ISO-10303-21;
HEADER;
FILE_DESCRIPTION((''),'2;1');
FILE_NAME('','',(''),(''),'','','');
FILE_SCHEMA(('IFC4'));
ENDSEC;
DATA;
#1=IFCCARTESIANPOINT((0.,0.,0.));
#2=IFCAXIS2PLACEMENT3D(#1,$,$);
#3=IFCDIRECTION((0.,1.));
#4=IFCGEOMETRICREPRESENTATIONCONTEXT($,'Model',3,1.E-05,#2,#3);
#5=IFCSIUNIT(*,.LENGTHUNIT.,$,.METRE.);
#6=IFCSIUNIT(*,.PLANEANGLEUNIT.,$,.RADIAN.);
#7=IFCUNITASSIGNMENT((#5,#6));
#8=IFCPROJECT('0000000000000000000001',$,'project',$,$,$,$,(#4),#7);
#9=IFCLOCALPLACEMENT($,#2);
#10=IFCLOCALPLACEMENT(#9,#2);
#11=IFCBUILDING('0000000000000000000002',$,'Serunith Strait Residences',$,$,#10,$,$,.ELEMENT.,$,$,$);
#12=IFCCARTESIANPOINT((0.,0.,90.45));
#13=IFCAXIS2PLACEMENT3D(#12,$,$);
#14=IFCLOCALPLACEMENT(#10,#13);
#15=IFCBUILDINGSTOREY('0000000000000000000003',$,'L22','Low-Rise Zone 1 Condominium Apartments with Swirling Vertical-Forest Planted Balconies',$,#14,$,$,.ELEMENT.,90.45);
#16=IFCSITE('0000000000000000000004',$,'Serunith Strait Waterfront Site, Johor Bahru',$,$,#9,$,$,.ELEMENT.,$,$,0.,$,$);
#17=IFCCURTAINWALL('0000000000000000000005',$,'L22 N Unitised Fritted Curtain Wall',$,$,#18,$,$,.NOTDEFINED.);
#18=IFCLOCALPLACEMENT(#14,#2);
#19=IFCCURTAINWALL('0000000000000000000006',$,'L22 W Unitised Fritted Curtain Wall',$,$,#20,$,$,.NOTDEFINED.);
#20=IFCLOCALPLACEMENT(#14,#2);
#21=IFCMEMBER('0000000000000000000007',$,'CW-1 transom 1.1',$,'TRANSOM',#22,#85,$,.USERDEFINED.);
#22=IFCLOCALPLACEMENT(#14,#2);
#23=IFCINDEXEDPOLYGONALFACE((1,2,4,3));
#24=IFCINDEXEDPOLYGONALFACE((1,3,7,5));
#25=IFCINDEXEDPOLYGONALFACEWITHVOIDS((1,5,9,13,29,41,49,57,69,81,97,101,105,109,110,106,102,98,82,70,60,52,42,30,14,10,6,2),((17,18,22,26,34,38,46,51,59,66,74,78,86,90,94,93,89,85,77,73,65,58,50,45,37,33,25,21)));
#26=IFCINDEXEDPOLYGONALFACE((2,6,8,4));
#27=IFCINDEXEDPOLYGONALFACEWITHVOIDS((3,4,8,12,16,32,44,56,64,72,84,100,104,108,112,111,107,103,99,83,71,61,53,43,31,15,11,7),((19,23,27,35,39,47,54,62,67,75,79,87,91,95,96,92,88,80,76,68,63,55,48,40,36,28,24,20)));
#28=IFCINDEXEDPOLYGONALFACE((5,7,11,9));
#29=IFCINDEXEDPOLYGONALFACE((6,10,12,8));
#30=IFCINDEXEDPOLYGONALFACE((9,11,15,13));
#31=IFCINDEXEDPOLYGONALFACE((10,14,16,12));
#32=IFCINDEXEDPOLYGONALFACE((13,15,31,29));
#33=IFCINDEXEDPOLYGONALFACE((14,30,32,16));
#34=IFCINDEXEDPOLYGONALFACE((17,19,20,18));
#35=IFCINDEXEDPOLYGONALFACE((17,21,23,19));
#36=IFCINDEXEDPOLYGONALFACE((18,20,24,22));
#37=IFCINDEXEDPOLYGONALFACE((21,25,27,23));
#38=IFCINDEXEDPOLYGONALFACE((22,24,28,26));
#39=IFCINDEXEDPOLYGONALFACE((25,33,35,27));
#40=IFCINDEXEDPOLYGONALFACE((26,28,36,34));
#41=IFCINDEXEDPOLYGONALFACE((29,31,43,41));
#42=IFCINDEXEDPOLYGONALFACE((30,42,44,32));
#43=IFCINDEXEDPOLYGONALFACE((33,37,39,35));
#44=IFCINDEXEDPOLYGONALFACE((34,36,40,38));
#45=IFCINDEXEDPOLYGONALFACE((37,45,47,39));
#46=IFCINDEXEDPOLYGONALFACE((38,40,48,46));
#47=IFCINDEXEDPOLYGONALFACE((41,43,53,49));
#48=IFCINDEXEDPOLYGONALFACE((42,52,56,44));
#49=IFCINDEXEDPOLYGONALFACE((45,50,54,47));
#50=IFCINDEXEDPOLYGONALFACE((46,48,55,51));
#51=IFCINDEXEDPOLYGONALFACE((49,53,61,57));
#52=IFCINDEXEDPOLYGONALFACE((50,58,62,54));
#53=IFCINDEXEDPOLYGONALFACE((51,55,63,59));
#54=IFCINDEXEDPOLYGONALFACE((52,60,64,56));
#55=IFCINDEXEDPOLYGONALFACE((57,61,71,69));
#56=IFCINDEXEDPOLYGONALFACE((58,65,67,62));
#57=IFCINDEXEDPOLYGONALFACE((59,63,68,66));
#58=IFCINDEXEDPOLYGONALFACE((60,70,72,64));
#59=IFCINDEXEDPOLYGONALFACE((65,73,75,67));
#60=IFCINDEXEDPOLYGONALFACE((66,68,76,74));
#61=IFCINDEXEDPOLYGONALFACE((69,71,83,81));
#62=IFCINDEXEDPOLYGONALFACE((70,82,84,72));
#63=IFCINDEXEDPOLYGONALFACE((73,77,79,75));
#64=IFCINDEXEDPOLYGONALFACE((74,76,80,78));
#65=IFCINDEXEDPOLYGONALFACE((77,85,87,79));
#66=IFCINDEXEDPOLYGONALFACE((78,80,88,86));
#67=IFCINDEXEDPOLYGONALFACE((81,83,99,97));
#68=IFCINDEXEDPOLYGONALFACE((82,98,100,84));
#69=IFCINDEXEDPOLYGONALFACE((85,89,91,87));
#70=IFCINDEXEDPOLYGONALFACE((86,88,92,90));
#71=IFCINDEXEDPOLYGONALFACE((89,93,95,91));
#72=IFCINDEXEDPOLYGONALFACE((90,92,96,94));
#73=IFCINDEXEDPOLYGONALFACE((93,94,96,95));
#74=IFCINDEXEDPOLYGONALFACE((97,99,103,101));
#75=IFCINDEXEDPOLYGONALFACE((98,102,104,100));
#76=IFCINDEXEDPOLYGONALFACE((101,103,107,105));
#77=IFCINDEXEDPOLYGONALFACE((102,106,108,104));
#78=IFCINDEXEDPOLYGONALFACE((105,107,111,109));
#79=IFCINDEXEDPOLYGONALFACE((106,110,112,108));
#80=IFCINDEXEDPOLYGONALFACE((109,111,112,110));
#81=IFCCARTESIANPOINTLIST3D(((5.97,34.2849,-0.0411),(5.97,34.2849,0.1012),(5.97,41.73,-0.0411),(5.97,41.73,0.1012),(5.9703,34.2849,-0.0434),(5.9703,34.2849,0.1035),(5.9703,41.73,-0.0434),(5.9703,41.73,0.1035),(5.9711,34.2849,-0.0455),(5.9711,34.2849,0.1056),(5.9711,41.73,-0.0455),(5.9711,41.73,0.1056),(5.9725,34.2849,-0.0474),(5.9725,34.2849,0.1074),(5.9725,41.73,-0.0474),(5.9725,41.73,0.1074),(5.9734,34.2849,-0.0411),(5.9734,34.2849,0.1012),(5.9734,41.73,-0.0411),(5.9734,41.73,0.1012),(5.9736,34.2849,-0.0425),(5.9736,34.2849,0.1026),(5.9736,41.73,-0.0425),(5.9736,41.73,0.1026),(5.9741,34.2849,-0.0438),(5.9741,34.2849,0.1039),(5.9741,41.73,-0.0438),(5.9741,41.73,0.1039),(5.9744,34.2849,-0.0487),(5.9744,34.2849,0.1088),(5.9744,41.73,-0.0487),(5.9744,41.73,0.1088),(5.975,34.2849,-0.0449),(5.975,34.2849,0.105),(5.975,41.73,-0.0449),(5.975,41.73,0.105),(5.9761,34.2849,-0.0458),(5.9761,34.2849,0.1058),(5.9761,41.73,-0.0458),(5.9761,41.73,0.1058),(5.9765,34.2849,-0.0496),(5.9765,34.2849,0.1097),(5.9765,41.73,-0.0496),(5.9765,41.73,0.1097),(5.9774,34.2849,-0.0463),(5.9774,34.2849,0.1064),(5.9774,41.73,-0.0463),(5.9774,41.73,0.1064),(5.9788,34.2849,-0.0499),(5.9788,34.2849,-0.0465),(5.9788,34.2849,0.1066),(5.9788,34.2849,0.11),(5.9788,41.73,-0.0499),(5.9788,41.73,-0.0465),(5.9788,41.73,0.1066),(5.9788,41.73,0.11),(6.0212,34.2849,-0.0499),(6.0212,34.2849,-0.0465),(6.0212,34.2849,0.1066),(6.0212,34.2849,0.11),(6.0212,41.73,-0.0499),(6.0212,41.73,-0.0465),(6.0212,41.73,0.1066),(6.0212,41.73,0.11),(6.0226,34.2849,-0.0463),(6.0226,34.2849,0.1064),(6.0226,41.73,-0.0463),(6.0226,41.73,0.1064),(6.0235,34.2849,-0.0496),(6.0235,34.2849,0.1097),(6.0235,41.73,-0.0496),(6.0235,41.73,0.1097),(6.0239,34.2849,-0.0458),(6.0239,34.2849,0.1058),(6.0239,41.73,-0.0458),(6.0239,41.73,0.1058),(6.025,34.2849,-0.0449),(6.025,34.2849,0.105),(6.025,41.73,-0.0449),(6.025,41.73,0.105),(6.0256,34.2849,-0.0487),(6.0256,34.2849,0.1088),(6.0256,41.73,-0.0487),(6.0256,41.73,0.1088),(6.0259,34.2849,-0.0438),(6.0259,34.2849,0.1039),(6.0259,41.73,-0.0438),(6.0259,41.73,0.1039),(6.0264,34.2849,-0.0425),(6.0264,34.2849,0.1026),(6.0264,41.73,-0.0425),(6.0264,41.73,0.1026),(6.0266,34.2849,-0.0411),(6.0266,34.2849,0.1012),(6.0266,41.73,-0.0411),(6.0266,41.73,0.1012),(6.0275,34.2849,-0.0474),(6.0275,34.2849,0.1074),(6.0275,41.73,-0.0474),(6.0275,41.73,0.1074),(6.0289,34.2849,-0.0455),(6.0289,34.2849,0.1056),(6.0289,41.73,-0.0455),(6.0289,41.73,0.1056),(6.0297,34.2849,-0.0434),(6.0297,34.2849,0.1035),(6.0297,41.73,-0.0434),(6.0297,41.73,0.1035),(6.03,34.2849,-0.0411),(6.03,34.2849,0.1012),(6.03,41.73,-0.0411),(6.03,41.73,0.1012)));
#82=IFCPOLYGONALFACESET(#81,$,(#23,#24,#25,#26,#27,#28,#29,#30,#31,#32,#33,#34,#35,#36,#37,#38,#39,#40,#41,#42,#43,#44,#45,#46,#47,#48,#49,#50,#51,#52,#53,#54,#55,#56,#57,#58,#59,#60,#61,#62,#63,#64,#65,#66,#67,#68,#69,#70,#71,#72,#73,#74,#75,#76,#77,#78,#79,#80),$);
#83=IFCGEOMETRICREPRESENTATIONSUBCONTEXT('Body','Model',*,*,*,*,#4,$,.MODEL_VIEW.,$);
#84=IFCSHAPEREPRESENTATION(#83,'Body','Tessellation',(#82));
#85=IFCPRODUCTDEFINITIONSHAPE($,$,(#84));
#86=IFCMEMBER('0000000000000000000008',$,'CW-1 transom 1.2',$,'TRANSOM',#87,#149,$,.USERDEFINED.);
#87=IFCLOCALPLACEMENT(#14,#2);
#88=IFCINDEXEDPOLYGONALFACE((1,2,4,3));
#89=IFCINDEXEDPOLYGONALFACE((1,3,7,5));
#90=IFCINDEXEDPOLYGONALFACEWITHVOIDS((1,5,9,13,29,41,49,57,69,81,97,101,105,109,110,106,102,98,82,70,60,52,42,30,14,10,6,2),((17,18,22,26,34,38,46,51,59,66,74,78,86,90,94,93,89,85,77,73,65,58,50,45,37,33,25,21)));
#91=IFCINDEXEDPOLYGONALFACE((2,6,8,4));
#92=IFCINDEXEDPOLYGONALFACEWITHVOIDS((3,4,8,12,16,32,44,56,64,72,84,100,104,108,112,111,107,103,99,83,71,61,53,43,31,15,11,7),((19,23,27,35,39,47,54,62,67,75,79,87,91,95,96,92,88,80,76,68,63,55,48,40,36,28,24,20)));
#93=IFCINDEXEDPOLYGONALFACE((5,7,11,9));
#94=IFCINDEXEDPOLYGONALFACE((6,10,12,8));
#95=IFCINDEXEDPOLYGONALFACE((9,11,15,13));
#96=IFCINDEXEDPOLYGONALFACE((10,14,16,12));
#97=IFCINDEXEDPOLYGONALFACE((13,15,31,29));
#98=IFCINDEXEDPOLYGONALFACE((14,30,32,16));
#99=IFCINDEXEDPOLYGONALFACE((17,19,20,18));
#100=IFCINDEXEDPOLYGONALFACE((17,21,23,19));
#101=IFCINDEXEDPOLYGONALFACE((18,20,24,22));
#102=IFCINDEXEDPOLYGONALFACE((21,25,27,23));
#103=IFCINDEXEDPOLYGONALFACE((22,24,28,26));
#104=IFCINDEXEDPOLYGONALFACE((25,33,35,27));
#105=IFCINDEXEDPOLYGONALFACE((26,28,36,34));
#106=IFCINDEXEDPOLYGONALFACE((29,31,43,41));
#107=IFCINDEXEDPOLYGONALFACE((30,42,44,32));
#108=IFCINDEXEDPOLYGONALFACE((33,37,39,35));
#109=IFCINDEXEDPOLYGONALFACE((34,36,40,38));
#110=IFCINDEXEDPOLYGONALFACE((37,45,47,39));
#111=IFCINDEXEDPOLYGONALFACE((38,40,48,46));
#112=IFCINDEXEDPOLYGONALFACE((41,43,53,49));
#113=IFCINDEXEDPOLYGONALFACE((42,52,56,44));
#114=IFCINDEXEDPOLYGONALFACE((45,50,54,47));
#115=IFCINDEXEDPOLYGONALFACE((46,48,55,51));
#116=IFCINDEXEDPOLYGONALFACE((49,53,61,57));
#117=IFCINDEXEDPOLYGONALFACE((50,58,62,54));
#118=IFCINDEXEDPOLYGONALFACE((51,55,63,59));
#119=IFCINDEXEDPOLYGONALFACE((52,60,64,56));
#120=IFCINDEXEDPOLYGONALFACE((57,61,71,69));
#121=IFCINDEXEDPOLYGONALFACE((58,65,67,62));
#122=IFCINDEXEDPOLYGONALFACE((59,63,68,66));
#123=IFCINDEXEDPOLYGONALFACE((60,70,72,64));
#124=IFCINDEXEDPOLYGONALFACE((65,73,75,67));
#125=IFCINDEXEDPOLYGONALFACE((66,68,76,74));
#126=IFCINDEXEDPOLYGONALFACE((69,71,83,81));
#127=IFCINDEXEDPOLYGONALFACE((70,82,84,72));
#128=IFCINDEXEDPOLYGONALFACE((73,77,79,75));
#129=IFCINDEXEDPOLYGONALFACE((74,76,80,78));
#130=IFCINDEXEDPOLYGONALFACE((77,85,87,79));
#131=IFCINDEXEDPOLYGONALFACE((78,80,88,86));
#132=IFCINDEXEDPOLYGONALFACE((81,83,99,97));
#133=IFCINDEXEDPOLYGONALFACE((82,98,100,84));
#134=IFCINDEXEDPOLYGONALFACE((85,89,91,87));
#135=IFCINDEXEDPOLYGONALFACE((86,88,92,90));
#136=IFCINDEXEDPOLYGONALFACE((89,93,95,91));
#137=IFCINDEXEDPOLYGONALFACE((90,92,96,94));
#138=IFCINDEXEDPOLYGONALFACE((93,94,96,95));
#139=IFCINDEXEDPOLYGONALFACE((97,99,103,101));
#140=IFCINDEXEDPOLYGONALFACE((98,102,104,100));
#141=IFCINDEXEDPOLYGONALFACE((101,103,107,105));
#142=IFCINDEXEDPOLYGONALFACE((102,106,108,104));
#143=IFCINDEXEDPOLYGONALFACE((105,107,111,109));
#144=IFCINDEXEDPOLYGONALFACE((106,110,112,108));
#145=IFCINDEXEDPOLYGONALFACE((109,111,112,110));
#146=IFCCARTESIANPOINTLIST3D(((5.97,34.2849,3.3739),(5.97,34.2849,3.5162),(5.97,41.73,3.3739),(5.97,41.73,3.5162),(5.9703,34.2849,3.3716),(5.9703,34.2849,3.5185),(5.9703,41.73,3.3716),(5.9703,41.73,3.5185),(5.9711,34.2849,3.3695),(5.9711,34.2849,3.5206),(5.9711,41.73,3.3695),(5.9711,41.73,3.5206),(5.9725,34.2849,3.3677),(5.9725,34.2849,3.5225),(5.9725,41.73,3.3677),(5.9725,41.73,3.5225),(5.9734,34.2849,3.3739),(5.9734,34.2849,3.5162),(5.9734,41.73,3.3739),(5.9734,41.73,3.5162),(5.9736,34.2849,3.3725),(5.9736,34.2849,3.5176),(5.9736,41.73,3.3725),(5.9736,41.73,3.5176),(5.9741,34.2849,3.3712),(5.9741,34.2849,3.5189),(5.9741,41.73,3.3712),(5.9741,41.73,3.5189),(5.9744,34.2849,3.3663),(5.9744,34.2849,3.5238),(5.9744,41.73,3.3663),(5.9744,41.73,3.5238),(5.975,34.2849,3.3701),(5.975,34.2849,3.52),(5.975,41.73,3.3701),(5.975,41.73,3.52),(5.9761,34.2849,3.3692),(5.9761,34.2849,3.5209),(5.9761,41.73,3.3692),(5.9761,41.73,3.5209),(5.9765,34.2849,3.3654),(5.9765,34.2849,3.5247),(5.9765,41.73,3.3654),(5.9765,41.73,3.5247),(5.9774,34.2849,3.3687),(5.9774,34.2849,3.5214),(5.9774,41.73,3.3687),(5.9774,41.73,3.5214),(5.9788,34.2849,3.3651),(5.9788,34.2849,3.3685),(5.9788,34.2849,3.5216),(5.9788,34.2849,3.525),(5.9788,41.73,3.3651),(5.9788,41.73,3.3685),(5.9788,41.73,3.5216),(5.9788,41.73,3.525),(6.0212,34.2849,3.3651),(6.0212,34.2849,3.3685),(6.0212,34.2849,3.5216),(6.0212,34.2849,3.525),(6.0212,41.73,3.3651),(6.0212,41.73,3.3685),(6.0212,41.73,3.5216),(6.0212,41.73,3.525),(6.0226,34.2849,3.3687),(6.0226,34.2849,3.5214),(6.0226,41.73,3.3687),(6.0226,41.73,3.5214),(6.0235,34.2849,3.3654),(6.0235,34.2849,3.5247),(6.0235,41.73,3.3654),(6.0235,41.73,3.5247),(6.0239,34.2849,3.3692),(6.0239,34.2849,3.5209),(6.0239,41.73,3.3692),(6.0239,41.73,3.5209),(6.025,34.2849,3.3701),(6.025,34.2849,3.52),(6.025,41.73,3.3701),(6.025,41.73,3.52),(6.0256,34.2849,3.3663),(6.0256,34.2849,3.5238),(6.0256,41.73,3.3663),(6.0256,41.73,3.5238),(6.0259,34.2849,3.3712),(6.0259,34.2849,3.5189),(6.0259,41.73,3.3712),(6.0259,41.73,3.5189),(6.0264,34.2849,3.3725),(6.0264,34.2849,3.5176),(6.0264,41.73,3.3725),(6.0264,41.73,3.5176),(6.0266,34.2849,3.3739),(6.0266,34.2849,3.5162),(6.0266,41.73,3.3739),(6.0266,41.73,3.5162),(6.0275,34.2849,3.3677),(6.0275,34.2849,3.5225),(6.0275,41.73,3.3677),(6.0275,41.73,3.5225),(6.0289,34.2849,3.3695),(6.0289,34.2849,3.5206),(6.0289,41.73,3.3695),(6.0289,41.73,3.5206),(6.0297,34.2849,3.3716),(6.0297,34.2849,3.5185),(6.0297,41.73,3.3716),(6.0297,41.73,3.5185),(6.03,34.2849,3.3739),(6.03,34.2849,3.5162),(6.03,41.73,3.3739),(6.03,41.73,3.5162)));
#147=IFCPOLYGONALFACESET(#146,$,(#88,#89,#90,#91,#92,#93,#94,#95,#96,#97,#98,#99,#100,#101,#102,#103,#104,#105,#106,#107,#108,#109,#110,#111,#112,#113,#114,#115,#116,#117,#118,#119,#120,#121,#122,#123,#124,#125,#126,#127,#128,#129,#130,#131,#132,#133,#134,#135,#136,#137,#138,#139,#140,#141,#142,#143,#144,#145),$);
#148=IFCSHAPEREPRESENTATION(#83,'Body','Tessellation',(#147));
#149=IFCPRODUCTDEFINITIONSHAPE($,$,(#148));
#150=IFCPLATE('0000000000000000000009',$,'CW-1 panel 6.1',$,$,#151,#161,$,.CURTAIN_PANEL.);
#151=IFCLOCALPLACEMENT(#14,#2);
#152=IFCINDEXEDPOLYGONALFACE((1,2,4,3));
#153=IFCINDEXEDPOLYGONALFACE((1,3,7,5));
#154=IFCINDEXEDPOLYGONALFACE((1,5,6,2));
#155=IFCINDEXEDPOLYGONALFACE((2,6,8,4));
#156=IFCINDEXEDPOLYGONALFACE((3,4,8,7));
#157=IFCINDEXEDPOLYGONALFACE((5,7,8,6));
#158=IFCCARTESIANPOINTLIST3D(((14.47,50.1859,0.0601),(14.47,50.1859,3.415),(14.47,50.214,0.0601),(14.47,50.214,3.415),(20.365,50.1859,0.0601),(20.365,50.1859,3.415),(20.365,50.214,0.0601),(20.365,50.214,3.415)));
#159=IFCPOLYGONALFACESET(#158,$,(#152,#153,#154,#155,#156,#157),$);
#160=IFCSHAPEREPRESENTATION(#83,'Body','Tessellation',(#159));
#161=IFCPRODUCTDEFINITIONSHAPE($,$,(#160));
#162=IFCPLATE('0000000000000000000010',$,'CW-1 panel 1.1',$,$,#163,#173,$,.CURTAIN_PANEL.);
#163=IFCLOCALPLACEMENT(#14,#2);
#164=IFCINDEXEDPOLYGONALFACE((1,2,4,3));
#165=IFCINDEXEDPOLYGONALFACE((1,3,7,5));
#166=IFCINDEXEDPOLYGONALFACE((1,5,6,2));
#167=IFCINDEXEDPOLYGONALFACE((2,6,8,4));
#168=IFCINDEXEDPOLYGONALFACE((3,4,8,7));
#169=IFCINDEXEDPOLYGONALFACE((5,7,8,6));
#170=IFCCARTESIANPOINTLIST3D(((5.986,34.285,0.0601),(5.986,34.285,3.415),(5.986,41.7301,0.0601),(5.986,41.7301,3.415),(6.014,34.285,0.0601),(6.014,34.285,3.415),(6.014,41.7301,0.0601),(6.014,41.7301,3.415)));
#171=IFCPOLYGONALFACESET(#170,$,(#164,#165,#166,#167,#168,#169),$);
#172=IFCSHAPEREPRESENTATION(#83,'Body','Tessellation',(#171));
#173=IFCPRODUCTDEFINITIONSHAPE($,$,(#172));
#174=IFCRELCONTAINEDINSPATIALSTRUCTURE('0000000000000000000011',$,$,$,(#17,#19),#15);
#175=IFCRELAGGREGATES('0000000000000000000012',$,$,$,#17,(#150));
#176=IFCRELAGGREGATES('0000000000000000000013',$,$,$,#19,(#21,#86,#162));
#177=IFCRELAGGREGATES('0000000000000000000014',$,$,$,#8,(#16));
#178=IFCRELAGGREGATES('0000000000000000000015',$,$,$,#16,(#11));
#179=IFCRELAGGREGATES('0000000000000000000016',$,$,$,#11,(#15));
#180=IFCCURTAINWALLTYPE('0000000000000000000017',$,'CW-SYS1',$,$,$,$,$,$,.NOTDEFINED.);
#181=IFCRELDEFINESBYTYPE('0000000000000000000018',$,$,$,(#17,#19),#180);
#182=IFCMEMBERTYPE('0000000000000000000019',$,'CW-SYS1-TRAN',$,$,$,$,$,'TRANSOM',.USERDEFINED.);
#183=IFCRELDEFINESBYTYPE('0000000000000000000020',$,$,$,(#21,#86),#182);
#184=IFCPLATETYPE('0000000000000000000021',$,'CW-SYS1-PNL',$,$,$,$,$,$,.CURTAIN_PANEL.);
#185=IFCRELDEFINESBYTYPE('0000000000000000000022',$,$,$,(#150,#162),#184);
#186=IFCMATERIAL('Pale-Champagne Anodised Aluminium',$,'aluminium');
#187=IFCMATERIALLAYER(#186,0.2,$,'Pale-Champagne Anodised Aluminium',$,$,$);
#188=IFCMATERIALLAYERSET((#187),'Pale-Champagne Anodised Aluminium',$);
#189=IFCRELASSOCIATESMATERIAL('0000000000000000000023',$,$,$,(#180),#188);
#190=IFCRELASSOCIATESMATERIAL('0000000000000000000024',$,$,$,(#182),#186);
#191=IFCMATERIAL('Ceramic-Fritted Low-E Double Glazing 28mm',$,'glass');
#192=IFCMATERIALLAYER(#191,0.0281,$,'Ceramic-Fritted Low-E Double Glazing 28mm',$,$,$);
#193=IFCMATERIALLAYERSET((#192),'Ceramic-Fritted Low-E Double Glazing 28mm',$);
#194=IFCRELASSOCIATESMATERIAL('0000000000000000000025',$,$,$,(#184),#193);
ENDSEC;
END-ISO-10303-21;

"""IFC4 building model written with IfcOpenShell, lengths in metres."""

from ifc_helpers import new_model, si_unit, direction, frame, origin, origin_2d, place, context, subcontext, project, spatial, rectangle, hollow_rectangle, extrude, source, transform, mapped, material, layer, layer_set, material_profile, profile_set, type_object, element, aggregate, save


model = new_model("IFC4")

# Units and contexts
model_context = context("Model", 3, precision=1e-05, world=origin(), true_north=direction((0.0, 1.0)))
body_context = subcontext(model_context, "Body", "Model", "MODEL_VIEW")
ifc_project = project(units=[si_unit("LENGTHUNIT", "METRE"), si_unit("PLANEANGLEUNIT", "RADIAN")], contexts=[model_context])

# Site, building, storey
site_placement = place(None, origin())
site = spatial("IfcSite", under=ifc_project, at=site_placement, Name="Serunith Strait Waterfront Site, Johor Bahru", CompositionType="ELEMENT", RefElevation=0.0)
building_placement = place(site_placement, origin())
building = spatial("IfcBuilding", under=site, at=building_placement, Name="Serunith Strait Residences", CompositionType="ELEMENT")
storey_placement = place(building_placement, frame((0.0, 0.0, 90.45)))
storey = spatial("IfcBuildingStorey", under=building, at=storey_placement, Name="L22", Description="Low-Rise Zone 1 Condominium Apartments with Swirling Vertical-Forest Planted Balconies", CompositionType="ELEMENT", Elevation=90.45)

# Curtain wall
ifc_material_1 = material(Name="Pale-Champagne Anodised Aluminium", Category="aluminium")
ifc_layer_1 = layer(ifc_material_1, 0.2, Name="Pale-Champagne Anodised Aluminium")
ifc_layer_set_1 = layer_set([ifc_layer_1], Name="Pale-Champagne Anodised Aluminium")
curtain_wall_type = type_object("IfcCurtainWallType", Name="CW-SYS1", PredefinedType="NOTDEFINED", material=ifc_layer_set_1)
curtain_wall_1_placement = place(storey_placement, origin())
curtain_wall_1 = element("IfcCurtainWall", 1, at=curtain_wall_1_placement, inside=storey, type_object=curtain_wall_type, Name="L22 N Unitised Fritted Curtain Wall", PredefinedType="NOTDEFINED")

# Curtain wall, members
curtain_wall_2_placement = place(storey_placement, origin())
curtain_wall_2 = element("IfcCurtainWall", 2, at=curtain_wall_2_placement, inside=storey, type_object=curtain_wall_type, Name="L22 W Unitised Fritted Curtain Wall", PredefinedType="NOTDEFINED")
ifc_material_profile_1 = material_profile(ifc_material_1, hollow_rectangle(XDim=0.0601, YDim=0.1599, WallThickness=0.0034, InnerFilletRadius=0.0054, OuterFilletRadius=0.0088, at=origin_2d()), Name="ALU 160x60x3.5")
ifc_profile_set_1 = profile_set([ifc_material_profile_1], Name="Pale-Champagne Anodised Aluminium")
member_type_1 = type_object("IfcMemberType", Name="CW-SYS1-TRAN", ElementType="TRANSOM", PredefinedType="USERDEFINED", material=ifc_profile_set_1)
shared_shape_1 = source(origin(), body_context, "Body", "SweptSolid", [
    extrude(hollow_rectangle(XDim=0.0601, YDim=0.1599, WallThickness=0.0034, InnerFilletRadius=0.0054, OuterFilletRadius=0.0088, at=origin_2d()), origin(), (0.0, 0.0, 1.0), 7.4451),
])
member_1_placement = place(storey_placement, frame((6.0, 41.73, 0.03), z_axis=(0.0, -1.0, 0.0), x_axis=(1.0, 0.0, 0.0)))
member_1 = element("IfcMember", 3, at=member_1_placement, type_object=member_type_1, Name="CW-1 transom 1.1", ObjectType="TRANSOM", PredefinedType="USERDEFINED", context=body_context, shape_type="MappedRepresentation", body=[
    mapped(shared_shape_1, transform((0.0, 0.0, 0.0), scale=1.0)),
])
member_2_placement = place(storey_placement, frame((6.0, 41.73, 3.4451), z_axis=(0.0, -1.0, 0.0), x_axis=(1.0, 0.0, 0.0)))
member_2 = element("IfcMember", 4, at=member_2_placement, type_object=member_type_1, Name="CW-1 transom 1.2", ObjectType="TRANSOM", PredefinedType="USERDEFINED", context=body_context, shape_type="MappedRepresentation", body=[
    mapped(shared_shape_1, transform((0.0, 0.0, 0.0), scale=1.0)),
])

# Plates
ifc_material_2 = material(Name="Ceramic-Fritted Low-E Double Glazing 28mm", Category="glass")
ifc_layer_2 = layer(ifc_material_2, 0.0281, Name="Ceramic-Fritted Low-E Double Glazing 28mm")
ifc_layer_set_2 = layer_set([ifc_layer_2], Name="Ceramic-Fritted Low-E Double Glazing 28mm")
plate_type = type_object("IfcPlateType", Name="CW-SYS1-PNL", PredefinedType="CURTAIN_PANEL", material=ifc_layer_set_2)
shared_shape_2 = source(origin(), body_context, "Body", "SweptSolid", [
    extrude(rectangle(XDim=5.895, YDim=0.0281, at=origin_2d()), origin(), (0.0, 0.0, 1.0), 3.355),
])
plate_1_placement = place(storey_placement, frame((17.4175, 50.2, 0.0601), z_axis=(0.0, 0.0, 1.0), x_axis=(-1.0, 0.0, 0.0)))
plate_1 = element("IfcPlate", 5, at=plate_1_placement, type_object=plate_type, Name="CW-1 panel 6.1", PredefinedType="CURTAIN_PANEL", context=body_context, shape_type="MappedRepresentation", body=[
    mapped(shared_shape_2, transform((0.0, 0.0, 0.0), scale=1.0)),
])
aggregate(curtain_wall_1, [plate_1])
shared_shape_3 = source(origin(), body_context, "Body", "SweptSolid", [
    extrude(rectangle(XDim=7.4451, YDim=0.0281, at=origin_2d()), origin(), (0.0, 0.0, 1.0), 3.355),
])
plate_2_placement = place(storey_placement, frame((6.0, 38.0076, 0.0601), z_axis=(0.0, 0.0, 1.0), x_axis=(0.0, -1.0, 0.0)))
plate_2 = element("IfcPlate", 6, at=plate_2_placement, type_object=plate_type, Name="CW-1 panel 1.1", PredefinedType="CURTAIN_PANEL", context=body_context, shape_type="MappedRepresentation", body=[
    mapped(shared_shape_3, transform((0.0, 0.0, 0.0), scale=1.0)),
])
aggregate(curtain_wall_2, [member_1, member_2, plate_2])

save(model, "model.ifc")
